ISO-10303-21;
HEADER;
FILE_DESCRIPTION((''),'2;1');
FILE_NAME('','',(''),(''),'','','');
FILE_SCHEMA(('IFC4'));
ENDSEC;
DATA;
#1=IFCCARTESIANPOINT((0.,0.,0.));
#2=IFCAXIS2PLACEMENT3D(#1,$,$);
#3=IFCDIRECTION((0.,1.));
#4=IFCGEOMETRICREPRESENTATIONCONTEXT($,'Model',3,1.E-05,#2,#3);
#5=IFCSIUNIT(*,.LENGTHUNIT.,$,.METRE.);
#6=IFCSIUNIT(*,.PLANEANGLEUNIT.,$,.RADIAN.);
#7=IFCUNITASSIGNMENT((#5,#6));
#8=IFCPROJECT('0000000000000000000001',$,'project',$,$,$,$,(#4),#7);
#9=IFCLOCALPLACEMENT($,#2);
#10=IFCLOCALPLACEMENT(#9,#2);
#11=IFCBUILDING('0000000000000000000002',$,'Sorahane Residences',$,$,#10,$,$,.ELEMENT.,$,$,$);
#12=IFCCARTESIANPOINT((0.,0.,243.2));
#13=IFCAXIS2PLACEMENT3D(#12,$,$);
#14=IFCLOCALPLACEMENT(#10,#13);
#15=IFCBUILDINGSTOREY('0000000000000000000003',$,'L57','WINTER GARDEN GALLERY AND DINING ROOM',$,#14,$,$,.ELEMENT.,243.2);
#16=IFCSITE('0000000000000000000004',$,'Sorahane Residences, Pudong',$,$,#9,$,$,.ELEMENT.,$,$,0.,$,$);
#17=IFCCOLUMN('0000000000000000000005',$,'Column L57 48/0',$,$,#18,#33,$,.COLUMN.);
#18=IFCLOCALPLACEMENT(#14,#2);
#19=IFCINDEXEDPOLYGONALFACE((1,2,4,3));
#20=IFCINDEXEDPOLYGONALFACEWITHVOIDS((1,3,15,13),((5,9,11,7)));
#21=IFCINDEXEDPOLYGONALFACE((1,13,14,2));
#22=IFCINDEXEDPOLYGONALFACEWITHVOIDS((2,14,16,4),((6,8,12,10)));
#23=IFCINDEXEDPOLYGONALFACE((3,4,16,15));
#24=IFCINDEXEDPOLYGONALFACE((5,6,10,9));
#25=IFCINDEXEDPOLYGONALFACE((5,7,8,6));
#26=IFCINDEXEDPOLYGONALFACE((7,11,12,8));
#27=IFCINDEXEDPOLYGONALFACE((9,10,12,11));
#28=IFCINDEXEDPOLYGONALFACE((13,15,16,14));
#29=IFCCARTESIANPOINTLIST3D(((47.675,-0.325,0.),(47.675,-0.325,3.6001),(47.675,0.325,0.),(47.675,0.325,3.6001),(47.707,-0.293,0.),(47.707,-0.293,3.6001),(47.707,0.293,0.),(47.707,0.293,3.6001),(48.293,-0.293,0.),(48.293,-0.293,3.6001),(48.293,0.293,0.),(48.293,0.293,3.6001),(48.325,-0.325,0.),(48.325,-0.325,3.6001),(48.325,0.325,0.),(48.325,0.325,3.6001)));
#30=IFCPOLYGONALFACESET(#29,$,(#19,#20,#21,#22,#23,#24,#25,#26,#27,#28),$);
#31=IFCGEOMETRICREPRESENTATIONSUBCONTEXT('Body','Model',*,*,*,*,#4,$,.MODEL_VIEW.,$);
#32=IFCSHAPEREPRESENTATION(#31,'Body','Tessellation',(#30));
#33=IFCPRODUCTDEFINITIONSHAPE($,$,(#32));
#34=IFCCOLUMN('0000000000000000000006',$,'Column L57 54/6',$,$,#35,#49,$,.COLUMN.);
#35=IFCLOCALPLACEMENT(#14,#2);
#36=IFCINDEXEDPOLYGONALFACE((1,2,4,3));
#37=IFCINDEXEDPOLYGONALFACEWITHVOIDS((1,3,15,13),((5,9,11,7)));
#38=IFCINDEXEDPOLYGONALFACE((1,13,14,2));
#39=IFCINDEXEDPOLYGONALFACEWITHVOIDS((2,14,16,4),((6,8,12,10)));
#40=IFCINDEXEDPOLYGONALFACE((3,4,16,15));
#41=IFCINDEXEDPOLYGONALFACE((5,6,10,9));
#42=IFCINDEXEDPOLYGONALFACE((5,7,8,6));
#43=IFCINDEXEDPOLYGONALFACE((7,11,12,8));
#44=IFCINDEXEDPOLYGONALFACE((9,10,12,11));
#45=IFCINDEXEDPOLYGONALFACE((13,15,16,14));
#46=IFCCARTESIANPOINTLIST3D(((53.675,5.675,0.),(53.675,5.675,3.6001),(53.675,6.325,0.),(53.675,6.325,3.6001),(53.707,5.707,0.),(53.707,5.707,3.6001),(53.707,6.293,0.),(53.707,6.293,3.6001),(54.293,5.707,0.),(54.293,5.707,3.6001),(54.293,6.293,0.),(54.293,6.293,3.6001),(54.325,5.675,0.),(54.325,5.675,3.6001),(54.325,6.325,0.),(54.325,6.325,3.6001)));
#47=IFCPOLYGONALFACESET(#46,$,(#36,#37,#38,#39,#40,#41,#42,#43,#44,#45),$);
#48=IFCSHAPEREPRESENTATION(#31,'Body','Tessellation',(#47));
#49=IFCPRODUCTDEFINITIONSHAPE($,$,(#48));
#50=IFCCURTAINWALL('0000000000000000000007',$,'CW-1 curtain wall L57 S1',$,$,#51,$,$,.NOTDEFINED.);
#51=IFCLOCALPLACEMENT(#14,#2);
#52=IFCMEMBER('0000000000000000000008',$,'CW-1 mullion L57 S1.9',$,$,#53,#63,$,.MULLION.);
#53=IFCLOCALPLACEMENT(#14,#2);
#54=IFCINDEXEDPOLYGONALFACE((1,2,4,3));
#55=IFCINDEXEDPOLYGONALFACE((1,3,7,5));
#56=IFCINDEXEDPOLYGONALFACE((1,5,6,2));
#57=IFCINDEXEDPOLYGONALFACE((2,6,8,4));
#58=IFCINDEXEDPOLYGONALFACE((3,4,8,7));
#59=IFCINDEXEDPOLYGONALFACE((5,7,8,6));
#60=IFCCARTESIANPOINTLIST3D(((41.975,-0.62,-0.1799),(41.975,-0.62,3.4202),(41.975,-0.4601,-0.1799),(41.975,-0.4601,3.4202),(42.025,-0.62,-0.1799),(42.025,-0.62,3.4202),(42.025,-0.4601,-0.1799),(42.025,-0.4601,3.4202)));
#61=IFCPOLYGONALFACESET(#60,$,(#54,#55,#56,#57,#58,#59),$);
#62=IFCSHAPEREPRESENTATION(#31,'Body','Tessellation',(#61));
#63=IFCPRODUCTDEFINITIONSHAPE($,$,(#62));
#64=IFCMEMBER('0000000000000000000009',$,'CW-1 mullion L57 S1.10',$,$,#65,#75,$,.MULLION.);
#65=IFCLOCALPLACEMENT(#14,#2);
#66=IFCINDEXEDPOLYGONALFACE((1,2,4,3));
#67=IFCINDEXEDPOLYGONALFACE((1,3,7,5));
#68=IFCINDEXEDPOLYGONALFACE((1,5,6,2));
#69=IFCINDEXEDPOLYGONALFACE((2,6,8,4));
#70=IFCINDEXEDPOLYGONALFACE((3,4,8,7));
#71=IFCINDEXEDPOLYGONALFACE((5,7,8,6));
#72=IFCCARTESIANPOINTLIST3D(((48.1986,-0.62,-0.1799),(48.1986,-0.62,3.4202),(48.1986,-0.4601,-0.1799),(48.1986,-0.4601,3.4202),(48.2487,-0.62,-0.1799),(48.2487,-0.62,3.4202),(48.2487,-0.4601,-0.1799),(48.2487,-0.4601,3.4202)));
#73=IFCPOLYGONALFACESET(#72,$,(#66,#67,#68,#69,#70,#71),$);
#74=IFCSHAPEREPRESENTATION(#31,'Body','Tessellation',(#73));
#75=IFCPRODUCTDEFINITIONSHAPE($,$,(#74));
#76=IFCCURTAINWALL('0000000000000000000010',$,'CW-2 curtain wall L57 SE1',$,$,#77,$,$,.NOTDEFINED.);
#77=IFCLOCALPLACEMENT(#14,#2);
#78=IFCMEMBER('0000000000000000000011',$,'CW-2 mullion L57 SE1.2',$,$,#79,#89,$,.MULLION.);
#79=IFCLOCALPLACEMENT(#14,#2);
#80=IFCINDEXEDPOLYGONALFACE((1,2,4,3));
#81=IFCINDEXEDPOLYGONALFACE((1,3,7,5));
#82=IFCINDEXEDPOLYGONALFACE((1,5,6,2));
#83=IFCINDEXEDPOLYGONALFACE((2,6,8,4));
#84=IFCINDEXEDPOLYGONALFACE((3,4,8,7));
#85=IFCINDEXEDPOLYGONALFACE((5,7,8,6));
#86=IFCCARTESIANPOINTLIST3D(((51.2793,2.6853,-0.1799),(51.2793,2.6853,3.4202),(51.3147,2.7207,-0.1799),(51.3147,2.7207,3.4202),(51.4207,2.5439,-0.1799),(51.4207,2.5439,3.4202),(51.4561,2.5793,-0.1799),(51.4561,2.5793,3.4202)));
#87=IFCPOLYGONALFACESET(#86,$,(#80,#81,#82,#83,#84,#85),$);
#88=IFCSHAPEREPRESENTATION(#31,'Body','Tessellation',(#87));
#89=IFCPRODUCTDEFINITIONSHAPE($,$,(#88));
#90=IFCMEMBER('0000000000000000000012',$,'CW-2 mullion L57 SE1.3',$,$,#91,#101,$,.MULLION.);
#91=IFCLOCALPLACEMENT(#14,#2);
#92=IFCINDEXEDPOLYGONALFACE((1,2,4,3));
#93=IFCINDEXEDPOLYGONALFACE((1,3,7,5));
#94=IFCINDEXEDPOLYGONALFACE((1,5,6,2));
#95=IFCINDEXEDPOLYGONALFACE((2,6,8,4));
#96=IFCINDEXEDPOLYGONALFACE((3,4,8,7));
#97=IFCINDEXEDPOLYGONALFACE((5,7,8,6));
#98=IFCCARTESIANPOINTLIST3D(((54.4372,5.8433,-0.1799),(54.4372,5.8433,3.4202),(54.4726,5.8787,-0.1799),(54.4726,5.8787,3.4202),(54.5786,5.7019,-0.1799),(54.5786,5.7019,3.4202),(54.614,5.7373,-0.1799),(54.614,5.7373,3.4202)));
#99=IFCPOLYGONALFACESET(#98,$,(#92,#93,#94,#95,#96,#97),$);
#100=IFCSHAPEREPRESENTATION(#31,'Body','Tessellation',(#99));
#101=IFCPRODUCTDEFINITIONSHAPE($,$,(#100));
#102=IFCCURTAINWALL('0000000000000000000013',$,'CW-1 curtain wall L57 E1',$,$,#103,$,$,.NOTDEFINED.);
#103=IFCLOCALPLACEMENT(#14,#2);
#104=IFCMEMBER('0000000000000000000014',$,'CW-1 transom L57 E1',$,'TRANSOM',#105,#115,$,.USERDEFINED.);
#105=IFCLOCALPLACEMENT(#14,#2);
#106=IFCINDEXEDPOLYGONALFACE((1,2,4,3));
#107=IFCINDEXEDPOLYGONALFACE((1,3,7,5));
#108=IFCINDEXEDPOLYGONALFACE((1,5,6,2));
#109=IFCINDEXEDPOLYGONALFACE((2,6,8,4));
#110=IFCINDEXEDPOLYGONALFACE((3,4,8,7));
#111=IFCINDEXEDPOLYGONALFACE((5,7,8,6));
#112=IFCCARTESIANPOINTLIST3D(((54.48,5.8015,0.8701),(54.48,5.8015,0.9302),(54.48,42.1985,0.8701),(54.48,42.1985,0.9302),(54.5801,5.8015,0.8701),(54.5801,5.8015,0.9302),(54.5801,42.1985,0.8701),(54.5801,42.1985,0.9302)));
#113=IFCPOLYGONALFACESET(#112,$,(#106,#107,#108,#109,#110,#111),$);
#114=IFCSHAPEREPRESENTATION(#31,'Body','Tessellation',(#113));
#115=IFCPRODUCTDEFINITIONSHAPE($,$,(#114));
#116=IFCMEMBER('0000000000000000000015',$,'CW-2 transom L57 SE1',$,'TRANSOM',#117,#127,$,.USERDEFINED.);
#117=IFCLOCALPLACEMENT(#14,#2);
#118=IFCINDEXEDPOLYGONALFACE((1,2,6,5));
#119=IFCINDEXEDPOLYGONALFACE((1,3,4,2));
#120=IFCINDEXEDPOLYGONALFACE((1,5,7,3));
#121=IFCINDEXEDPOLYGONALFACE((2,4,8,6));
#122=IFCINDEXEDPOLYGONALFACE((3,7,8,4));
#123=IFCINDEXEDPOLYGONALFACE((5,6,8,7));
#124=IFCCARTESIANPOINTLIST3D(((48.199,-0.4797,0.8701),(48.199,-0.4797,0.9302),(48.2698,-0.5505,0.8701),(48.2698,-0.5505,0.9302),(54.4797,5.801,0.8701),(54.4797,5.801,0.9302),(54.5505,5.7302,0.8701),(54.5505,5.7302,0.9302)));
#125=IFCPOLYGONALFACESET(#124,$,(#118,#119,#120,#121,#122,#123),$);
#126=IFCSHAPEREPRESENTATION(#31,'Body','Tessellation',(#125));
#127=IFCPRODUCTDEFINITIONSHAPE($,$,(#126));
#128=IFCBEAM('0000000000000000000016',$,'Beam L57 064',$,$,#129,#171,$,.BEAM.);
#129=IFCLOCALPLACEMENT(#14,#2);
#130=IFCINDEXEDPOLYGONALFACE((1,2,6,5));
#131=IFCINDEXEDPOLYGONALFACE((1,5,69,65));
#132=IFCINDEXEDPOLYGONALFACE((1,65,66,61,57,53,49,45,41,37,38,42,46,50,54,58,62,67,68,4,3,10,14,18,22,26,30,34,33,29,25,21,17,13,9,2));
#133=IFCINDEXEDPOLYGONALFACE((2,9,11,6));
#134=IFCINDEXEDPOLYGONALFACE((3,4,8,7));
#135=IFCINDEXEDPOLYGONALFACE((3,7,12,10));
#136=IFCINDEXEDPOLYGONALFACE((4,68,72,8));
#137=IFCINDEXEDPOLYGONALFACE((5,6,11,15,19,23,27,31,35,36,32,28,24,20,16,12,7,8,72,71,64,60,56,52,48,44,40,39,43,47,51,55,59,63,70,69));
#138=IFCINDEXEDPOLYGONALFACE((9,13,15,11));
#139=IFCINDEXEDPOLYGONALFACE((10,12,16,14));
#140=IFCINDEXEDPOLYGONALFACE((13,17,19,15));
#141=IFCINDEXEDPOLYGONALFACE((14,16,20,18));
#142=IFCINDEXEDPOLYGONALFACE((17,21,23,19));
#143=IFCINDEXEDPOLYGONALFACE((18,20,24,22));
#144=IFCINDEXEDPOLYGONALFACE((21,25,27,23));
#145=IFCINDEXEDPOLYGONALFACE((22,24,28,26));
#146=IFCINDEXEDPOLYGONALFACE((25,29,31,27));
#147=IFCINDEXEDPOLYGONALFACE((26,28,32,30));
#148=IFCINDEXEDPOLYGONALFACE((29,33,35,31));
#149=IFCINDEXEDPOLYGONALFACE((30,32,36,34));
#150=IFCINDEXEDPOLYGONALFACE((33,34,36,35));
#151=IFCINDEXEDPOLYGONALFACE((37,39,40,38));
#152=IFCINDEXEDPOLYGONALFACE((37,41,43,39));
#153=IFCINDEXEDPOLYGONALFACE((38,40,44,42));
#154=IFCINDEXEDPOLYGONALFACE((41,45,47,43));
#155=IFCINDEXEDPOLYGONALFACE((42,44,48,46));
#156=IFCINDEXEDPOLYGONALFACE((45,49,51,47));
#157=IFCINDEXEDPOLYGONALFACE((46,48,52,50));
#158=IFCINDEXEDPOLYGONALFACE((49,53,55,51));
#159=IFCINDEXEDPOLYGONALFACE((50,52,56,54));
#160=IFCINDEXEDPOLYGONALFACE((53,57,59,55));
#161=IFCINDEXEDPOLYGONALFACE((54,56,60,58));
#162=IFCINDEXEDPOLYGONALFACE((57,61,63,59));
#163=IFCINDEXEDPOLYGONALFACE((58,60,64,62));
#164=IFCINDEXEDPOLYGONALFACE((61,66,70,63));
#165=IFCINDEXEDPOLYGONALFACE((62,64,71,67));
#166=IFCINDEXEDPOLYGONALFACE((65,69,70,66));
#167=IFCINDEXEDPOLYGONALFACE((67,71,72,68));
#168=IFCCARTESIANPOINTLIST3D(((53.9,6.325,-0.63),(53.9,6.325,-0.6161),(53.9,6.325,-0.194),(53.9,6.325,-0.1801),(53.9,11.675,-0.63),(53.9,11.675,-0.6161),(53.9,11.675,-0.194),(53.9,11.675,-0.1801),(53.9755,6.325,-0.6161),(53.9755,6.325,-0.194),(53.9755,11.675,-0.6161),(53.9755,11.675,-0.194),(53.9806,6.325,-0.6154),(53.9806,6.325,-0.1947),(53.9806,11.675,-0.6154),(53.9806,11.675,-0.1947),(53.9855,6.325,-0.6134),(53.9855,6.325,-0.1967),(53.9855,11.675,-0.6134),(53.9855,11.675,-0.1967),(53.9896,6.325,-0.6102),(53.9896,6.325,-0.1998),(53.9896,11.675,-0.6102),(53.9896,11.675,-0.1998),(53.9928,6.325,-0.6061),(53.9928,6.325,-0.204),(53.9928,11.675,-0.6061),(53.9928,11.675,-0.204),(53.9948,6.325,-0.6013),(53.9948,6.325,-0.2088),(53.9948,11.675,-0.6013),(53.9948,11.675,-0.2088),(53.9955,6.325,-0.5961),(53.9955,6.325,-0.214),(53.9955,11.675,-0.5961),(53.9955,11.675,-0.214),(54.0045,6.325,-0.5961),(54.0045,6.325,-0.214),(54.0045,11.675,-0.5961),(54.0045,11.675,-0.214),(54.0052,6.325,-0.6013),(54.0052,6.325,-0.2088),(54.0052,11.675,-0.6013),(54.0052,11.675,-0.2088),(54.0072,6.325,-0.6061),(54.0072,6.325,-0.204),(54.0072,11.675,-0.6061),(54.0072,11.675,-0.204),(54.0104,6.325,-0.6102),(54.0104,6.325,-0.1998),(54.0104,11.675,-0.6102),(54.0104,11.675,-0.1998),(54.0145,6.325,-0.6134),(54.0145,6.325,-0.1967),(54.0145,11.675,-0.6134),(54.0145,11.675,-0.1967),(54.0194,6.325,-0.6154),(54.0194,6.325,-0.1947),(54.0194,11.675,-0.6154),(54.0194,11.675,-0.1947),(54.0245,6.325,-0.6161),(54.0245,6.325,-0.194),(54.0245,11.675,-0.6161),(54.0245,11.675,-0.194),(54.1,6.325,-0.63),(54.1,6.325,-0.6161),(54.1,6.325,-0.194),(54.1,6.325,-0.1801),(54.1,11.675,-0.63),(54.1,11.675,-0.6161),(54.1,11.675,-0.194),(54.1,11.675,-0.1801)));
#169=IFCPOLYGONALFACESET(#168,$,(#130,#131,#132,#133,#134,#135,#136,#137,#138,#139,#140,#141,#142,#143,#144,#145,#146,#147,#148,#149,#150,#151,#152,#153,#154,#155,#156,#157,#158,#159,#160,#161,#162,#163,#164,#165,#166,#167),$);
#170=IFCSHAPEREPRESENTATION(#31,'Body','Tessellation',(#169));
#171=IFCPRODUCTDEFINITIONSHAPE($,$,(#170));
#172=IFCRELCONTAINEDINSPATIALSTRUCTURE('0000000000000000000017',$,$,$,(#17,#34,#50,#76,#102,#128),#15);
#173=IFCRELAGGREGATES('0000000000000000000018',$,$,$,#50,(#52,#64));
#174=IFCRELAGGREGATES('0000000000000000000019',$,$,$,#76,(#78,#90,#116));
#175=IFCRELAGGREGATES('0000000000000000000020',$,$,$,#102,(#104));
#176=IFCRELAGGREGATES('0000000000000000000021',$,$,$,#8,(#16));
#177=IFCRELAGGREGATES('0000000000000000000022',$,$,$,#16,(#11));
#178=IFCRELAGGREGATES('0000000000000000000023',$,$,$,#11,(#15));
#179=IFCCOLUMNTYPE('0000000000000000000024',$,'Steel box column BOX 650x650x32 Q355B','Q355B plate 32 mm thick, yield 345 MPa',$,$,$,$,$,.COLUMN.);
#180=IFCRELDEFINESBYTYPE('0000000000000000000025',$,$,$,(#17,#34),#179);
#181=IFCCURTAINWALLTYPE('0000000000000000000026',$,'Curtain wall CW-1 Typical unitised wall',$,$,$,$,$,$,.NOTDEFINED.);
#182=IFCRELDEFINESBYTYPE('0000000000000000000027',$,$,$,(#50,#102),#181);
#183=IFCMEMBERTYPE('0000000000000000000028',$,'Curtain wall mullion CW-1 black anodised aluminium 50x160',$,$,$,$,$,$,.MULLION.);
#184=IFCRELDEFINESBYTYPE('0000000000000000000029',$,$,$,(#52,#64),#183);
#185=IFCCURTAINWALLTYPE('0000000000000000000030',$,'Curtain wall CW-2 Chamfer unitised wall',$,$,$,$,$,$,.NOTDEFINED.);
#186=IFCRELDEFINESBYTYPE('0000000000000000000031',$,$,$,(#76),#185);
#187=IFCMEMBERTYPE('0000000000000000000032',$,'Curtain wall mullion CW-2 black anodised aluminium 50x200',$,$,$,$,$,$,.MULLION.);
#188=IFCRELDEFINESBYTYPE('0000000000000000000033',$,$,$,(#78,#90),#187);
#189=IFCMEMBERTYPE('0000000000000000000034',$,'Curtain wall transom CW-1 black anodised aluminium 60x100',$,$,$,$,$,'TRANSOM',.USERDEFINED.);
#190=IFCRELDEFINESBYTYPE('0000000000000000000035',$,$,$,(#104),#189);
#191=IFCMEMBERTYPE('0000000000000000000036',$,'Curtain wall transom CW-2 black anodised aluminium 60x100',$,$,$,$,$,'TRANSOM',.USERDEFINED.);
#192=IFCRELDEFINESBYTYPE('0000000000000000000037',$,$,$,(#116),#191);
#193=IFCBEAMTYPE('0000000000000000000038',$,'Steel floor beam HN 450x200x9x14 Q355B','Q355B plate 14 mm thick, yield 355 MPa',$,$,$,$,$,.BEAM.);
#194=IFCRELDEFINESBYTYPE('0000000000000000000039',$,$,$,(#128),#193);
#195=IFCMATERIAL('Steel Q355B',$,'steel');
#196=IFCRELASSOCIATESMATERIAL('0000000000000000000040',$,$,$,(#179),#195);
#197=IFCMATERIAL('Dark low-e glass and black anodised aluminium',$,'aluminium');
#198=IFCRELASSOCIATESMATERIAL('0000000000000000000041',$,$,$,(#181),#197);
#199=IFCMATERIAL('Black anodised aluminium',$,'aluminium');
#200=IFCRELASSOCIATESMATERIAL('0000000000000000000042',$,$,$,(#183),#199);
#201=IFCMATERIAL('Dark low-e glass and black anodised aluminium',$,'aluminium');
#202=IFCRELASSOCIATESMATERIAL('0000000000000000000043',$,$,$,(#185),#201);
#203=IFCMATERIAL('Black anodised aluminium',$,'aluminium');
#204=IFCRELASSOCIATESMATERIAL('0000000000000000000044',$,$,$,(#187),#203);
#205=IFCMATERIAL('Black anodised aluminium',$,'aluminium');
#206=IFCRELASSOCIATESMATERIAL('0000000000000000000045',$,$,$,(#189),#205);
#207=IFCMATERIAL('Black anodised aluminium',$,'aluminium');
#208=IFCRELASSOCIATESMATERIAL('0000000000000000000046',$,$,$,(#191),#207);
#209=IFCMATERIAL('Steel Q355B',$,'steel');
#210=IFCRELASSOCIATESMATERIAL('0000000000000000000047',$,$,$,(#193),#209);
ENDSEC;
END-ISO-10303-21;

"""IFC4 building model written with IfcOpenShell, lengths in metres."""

from ifc_helpers import new_model, si_unit, direction, frame, origin, origin_2d, place, context, subcontext, project, spatial, rectangle, hollow_rectangle, i_section, extrude, material, material_profile, profile_set, type_object, element, aggregate, save


model = new_model("IFC4")

# Units and contexts
model_context = context("Model", 3, precision=1e-05, world=origin(), true_north=direction((0.0, 1.0)))
body_context = subcontext(model_context, "Body", "Model", "MODEL_VIEW")
ifc_project = project(units=[si_unit("LENGTHUNIT", "METRE"), si_unit("PLANEANGLEUNIT", "RADIAN")], contexts=[model_context])

# Site, building, storey
site_placement = place(None, origin())
site = spatial("IfcSite", under=ifc_project, at=site_placement, Name="Sorahane Residences, Pudong", CompositionType="ELEMENT", RefElevation=0.0)
building_placement = place(site_placement, origin())
building = spatial("IfcBuilding", under=site, at=building_placement, Name="Sorahane Residences", CompositionType="ELEMENT")
storey_placement = place(building_placement, frame((0.0, 0.0, 243.2)))
storey = spatial("IfcBuildingStorey", under=building, at=storey_placement, Name="L57", Description="WINTER GARDEN GALLERY AND DINING ROOM", CompositionType="ELEMENT", Elevation=243.2)

# Columns
ifc_material_1 = material(Name="Steel Q355B", Category="steel")
ifc_material_profile_1 = material_profile(ifc_material_1, hollow_rectangle(XDim=0.6499, YDim=0.6499, WallThickness=0.032, at=origin_2d()), Name="BOX 650x650x32")
ifc_profile_set_1 = profile_set([ifc_material_profile_1], Name="Steel Q355B")
column_type = type_object("IfcColumnType", Name="Steel box column BOX 650x650x32 Q355B", Description="Q355B plate 32 mm thick, yield 345 MPa", PredefinedType="COLUMN", material=ifc_profile_set_1)
for number, where, z_axis, x_axis, name in (
    (1, (48.0, 0.0, 0.0), (0.0, 0.0, 1.0), (1.0, 0.0, 0.0), "Column L57 48/0"),
    (2, (54.0, 6.0, 0.0), (0.0, 0.0, 1.0), (1.0, 0.0, 0.0), "Column L57 54/6"),
):
    element("IfcColumn", number, at=place(storey_placement, frame(where, z_axis=z_axis, x_axis=x_axis)), inside=storey, type_object=column_type, Name=name, PredefinedType="COLUMN", context=body_context, shape_type="SweptSolid", body=[
        extrude(hollow_rectangle(XDim=0.6499, YDim=0.6499, WallThickness=0.032, at=origin_2d()), origin(), (0.0, 0.0, 1.0), 3.6001),
    ])

# Curtain walls, members
ifc_material_2 = material(Name="Dark low-e glass and black anodised aluminium", Category="aluminium")
curtain_wall_type_1 = type_object("IfcCurtainWallType", Name="Curtain wall CW-1 Typical unitised wall", PredefinedType="NOTDEFINED", material=ifc_material_2)
curtain_wall_1_placement = place(storey_placement, origin())
curtain_wall_1 = element("IfcCurtainWall", 3, at=curtain_wall_1_placement, inside=storey, type_object=curtain_wall_type_1, Name="CW-1 curtain wall L57 S1", PredefinedType="NOTDEFINED")
ifc_material_3 = material(Name="Black anodised aluminium", Category="aluminium")
ifc_material_profile_2 = material_profile(ifc_material_3, rectangle(XDim=0.1599, YDim=0.05, at=origin_2d()), Name="Curtain wall mullion CW-1 black anodised aluminium 50x160")
ifc_profile_set_2 = profile_set([ifc_material_profile_2], Name="Black anodised aluminium")
member_type_1 = type_object("IfcMemberType", Name="Curtain wall mullion CW-1 black anodised aluminium 50x160", PredefinedType="MULLION", material=ifc_profile_set_2)
member_1_placement = place(storey_placement, frame((42.0, -0.54, -0.1799), z_axis=(0.0, 0.0, 1.0), x_axis=(0.0, -1.0, 0.0)))
member_1 = element("IfcMember", 4, at=member_1_placement, type_object=member_type_1, Name="CW-1 mullion L57 S1.9", PredefinedType="MULLION", context=body_context, shape_type="SweptSolid", body=[
    extrude(rectangle(XDim=0.1599, YDim=0.05, at=origin_2d()), origin(), (0.0, 0.0, 1.0), 3.6001),
])
member_2_placement = place(storey_placement, frame((48.2236, -0.54, -0.1799), z_axis=(0.0, 0.0, 1.0), x_axis=(0.0, -1.0, 0.0)))
member_2 = element("IfcMember", 5, at=member_2_placement, type_object=member_type_1, Name="CW-1 mullion L57 S1.10", PredefinedType="MULLION", context=body_context, shape_type="SweptSolid", body=[
    extrude(rectangle(XDim=0.1599, YDim=0.05, at=origin_2d()), origin(), (0.0, 0.0, 1.0), 3.6001),
])
ifc_material_4 = material(Name="Dark low-e glass and black anodised aluminium", Category="aluminium")
curtain_wall_type_2 = type_object("IfcCurtainWallType", Name="Curtain wall CW-2 Chamfer unitised wall", PredefinedType="NOTDEFINED", material=ifc_material_4)
curtain_wall_2_placement = place(storey_placement, origin())
curtain_wall_2 = element("IfcCurtainWall", 6, at=curtain_wall_2_placement, inside=storey, type_object=curtain_wall_type_2, Name="CW-2 curtain wall L57 SE1", PredefinedType="NOTDEFINED")
ifc_material_5 = material(Name="Black anodised aluminium", Category="aluminium")
ifc_material_profile_3 = material_profile(ifc_material_5, rectangle(XDim=0.2, YDim=0.05, at=origin_2d()), Name="Curtain wall mullion CW-2 black anodised aluminium 50x200")
ifc_profile_set_3 = profile_set([ifc_material_profile_3], Name="Black anodised aluminium")
member_type_2 = type_object("IfcMemberType", Name="Curtain wall mullion CW-2 black anodised aluminium 50x200", PredefinedType="MULLION", material=ifc_profile_set_3)
member_3_placement = place(storey_placement, frame((51.3677, 2.6323, -0.1799), z_axis=(0.0, 0.0, 1.0), x_axis=(0.707107, -0.707107, 0.0)))
member_3 = element("IfcMember", 7, at=member_3_placement, type_object=member_type_2, Name="CW-2 mullion L57 SE1.2", PredefinedType="MULLION", context=body_context, shape_type="SweptSolid", body=[
    extrude(rectangle(XDim=0.2, YDim=0.05, at=origin_2d()), origin(), (0.0, 0.0, 1.0), 3.6001),
])
member_4_placement = place(storey_placement, frame((54.5256, 5.7903, -0.1799), z_axis=(0.0, 0.0, 1.0), x_axis=(0.707107, -0.707107, 0.0)))
member_4 = element("IfcMember", 8, at=member_4_placement, type_object=member_type_2, Name="CW-2 mullion L57 SE1.3", PredefinedType="MULLION", context=body_context, shape_type="SweptSolid", body=[
    extrude(rectangle(XDim=0.2, YDim=0.05, at=origin_2d()), origin(), (0.0, 0.0, 1.0), 3.6001),
])

# Curtain wall, member
curtain_wall_3_placement = place(storey_placement, origin())
curtain_wall_3 = element("IfcCurtainWall", 9, at=curtain_wall_3_placement, inside=storey, type_object=curtain_wall_type_1, Name="CW-1 curtain wall L57 E1", PredefinedType="NOTDEFINED")
ifc_material_6 = material(Name="Black anodised aluminium", Category="aluminium")
ifc_material_profile_4 = material_profile(ifc_material_6, rectangle(XDim=0.1001, YDim=0.0601, at=origin_2d()), Name="Curtain wall transom CW-1 black anodised aluminium 60x100")
ifc_profile_set_4 = profile_set([ifc_material_profile_4], Name="Black anodised aluminium")
member_type_3 = type_object("IfcMemberType", Name="Curtain wall transom CW-1 black anodised aluminium 60x100", ElementType="TRANSOM", PredefinedType="USERDEFINED", material=ifc_profile_set_4)
member_5_placement = place(storey_placement, frame((54.53, 5.8015, 0.9001), z_axis=(0.0, 1.0, 0.0), x_axis=(-1.0, 0.0, 0.0)))
member_5 = element("IfcMember", 10, at=member_5_placement, type_object=member_type_3, Name="CW-1 transom L57 E1", ObjectType="TRANSOM", PredefinedType="USERDEFINED", context=body_context, shape_type="SweptSolid", body=[
    extrude(rectangle(XDim=0.1001, YDim=0.0601, at=origin_2d()), origin(), (0.0, 0.0, 1.0), 36.397),
])

# Member
ifc_material_7 = material(Name="Black anodised aluminium", Category="aluminium")
ifc_material_profile_5 = material_profile(ifc_material_7, rectangle(XDim=0.1001, YDim=0.0601, at=origin_2d()), Name="Curtain wall transom CW-2 black anodised aluminium 60x100")
ifc_profile_set_5 = profile_set([ifc_material_profile_5], Name="Black anodised aluminium")
member_type_4 = type_object("IfcMemberType", Name="Curtain wall transom CW-2 black anodised aluminium 60x100", ElementType="TRANSOM", PredefinedType="USERDEFINED", material=ifc_profile_set_5)
member_6_placement = place(storey_placement, frame((48.2344, -0.5151, 0.9001), z_axis=(0.707107, 0.707107, 0.0), x_axis=(-0.707107, 0.707107, 0.0)))
member_6 = element("IfcMember", 11, at=member_6_placement, type_object=member_type_4, Name="CW-2 transom L57 SE1", ObjectType="TRANSOM", PredefinedType="USERDEFINED", context=body_context, shape_type="SweptSolid", body=[
    extrude(rectangle(XDim=0.1001, YDim=0.0601, at=origin_2d()), origin(), (0.0, 0.0, 1.0), 8.8823),
])

# Beam
ifc_material_8 = material(Name="Steel Q355B", Category="steel")
ifc_material_profile_6 = material_profile(ifc_material_8, i_section(OverallWidth=0.2, OverallDepth=0.45, WebThickness=0.009, FlangeThickness=0.0139, FilletRadius=0.02, at=origin_2d()), Name="HN 450x200x9x14")
ifc_profile_set_6 = profile_set([ifc_material_profile_6], Name="Steel Q355B")
beam_type_1 = type_object("IfcBeamType", Name="Steel floor beam HN 450x200x9x14 Q355B", Description="Q355B plate 14 mm thick, yield 355 MPa", PredefinedType="BEAM", material=ifc_profile_set_6)
beam_1_placement = place(storey_placement, frame((54.0, 6.325, -0.405), z_axis=(0.0, 1.0, 0.0), x_axis=(-1.0, 0.0, 0.0)))
element("IfcBeam", 12, at=beam_1_placement, inside=storey, type_object=beam_type_1, Name="Beam L57 064", PredefinedType="BEAM", context=body_context, shape_type="SweptSolid", body=[
    extrude(i_section(OverallWidth=0.2, OverallDepth=0.45, WebThickness=0.009, FlangeThickness=0.0139, FilletRadius=0.02, at=origin_2d()), origin(), (0.0, 0.0, 1.0), 5.3501),
])

aggregate(curtain_wall_1, [member_1, member_2])
aggregate(curtain_wall_2, [member_3, member_4, member_6])
aggregate(curtain_wall_3, [member_5])

save(model, "model.ifc")
